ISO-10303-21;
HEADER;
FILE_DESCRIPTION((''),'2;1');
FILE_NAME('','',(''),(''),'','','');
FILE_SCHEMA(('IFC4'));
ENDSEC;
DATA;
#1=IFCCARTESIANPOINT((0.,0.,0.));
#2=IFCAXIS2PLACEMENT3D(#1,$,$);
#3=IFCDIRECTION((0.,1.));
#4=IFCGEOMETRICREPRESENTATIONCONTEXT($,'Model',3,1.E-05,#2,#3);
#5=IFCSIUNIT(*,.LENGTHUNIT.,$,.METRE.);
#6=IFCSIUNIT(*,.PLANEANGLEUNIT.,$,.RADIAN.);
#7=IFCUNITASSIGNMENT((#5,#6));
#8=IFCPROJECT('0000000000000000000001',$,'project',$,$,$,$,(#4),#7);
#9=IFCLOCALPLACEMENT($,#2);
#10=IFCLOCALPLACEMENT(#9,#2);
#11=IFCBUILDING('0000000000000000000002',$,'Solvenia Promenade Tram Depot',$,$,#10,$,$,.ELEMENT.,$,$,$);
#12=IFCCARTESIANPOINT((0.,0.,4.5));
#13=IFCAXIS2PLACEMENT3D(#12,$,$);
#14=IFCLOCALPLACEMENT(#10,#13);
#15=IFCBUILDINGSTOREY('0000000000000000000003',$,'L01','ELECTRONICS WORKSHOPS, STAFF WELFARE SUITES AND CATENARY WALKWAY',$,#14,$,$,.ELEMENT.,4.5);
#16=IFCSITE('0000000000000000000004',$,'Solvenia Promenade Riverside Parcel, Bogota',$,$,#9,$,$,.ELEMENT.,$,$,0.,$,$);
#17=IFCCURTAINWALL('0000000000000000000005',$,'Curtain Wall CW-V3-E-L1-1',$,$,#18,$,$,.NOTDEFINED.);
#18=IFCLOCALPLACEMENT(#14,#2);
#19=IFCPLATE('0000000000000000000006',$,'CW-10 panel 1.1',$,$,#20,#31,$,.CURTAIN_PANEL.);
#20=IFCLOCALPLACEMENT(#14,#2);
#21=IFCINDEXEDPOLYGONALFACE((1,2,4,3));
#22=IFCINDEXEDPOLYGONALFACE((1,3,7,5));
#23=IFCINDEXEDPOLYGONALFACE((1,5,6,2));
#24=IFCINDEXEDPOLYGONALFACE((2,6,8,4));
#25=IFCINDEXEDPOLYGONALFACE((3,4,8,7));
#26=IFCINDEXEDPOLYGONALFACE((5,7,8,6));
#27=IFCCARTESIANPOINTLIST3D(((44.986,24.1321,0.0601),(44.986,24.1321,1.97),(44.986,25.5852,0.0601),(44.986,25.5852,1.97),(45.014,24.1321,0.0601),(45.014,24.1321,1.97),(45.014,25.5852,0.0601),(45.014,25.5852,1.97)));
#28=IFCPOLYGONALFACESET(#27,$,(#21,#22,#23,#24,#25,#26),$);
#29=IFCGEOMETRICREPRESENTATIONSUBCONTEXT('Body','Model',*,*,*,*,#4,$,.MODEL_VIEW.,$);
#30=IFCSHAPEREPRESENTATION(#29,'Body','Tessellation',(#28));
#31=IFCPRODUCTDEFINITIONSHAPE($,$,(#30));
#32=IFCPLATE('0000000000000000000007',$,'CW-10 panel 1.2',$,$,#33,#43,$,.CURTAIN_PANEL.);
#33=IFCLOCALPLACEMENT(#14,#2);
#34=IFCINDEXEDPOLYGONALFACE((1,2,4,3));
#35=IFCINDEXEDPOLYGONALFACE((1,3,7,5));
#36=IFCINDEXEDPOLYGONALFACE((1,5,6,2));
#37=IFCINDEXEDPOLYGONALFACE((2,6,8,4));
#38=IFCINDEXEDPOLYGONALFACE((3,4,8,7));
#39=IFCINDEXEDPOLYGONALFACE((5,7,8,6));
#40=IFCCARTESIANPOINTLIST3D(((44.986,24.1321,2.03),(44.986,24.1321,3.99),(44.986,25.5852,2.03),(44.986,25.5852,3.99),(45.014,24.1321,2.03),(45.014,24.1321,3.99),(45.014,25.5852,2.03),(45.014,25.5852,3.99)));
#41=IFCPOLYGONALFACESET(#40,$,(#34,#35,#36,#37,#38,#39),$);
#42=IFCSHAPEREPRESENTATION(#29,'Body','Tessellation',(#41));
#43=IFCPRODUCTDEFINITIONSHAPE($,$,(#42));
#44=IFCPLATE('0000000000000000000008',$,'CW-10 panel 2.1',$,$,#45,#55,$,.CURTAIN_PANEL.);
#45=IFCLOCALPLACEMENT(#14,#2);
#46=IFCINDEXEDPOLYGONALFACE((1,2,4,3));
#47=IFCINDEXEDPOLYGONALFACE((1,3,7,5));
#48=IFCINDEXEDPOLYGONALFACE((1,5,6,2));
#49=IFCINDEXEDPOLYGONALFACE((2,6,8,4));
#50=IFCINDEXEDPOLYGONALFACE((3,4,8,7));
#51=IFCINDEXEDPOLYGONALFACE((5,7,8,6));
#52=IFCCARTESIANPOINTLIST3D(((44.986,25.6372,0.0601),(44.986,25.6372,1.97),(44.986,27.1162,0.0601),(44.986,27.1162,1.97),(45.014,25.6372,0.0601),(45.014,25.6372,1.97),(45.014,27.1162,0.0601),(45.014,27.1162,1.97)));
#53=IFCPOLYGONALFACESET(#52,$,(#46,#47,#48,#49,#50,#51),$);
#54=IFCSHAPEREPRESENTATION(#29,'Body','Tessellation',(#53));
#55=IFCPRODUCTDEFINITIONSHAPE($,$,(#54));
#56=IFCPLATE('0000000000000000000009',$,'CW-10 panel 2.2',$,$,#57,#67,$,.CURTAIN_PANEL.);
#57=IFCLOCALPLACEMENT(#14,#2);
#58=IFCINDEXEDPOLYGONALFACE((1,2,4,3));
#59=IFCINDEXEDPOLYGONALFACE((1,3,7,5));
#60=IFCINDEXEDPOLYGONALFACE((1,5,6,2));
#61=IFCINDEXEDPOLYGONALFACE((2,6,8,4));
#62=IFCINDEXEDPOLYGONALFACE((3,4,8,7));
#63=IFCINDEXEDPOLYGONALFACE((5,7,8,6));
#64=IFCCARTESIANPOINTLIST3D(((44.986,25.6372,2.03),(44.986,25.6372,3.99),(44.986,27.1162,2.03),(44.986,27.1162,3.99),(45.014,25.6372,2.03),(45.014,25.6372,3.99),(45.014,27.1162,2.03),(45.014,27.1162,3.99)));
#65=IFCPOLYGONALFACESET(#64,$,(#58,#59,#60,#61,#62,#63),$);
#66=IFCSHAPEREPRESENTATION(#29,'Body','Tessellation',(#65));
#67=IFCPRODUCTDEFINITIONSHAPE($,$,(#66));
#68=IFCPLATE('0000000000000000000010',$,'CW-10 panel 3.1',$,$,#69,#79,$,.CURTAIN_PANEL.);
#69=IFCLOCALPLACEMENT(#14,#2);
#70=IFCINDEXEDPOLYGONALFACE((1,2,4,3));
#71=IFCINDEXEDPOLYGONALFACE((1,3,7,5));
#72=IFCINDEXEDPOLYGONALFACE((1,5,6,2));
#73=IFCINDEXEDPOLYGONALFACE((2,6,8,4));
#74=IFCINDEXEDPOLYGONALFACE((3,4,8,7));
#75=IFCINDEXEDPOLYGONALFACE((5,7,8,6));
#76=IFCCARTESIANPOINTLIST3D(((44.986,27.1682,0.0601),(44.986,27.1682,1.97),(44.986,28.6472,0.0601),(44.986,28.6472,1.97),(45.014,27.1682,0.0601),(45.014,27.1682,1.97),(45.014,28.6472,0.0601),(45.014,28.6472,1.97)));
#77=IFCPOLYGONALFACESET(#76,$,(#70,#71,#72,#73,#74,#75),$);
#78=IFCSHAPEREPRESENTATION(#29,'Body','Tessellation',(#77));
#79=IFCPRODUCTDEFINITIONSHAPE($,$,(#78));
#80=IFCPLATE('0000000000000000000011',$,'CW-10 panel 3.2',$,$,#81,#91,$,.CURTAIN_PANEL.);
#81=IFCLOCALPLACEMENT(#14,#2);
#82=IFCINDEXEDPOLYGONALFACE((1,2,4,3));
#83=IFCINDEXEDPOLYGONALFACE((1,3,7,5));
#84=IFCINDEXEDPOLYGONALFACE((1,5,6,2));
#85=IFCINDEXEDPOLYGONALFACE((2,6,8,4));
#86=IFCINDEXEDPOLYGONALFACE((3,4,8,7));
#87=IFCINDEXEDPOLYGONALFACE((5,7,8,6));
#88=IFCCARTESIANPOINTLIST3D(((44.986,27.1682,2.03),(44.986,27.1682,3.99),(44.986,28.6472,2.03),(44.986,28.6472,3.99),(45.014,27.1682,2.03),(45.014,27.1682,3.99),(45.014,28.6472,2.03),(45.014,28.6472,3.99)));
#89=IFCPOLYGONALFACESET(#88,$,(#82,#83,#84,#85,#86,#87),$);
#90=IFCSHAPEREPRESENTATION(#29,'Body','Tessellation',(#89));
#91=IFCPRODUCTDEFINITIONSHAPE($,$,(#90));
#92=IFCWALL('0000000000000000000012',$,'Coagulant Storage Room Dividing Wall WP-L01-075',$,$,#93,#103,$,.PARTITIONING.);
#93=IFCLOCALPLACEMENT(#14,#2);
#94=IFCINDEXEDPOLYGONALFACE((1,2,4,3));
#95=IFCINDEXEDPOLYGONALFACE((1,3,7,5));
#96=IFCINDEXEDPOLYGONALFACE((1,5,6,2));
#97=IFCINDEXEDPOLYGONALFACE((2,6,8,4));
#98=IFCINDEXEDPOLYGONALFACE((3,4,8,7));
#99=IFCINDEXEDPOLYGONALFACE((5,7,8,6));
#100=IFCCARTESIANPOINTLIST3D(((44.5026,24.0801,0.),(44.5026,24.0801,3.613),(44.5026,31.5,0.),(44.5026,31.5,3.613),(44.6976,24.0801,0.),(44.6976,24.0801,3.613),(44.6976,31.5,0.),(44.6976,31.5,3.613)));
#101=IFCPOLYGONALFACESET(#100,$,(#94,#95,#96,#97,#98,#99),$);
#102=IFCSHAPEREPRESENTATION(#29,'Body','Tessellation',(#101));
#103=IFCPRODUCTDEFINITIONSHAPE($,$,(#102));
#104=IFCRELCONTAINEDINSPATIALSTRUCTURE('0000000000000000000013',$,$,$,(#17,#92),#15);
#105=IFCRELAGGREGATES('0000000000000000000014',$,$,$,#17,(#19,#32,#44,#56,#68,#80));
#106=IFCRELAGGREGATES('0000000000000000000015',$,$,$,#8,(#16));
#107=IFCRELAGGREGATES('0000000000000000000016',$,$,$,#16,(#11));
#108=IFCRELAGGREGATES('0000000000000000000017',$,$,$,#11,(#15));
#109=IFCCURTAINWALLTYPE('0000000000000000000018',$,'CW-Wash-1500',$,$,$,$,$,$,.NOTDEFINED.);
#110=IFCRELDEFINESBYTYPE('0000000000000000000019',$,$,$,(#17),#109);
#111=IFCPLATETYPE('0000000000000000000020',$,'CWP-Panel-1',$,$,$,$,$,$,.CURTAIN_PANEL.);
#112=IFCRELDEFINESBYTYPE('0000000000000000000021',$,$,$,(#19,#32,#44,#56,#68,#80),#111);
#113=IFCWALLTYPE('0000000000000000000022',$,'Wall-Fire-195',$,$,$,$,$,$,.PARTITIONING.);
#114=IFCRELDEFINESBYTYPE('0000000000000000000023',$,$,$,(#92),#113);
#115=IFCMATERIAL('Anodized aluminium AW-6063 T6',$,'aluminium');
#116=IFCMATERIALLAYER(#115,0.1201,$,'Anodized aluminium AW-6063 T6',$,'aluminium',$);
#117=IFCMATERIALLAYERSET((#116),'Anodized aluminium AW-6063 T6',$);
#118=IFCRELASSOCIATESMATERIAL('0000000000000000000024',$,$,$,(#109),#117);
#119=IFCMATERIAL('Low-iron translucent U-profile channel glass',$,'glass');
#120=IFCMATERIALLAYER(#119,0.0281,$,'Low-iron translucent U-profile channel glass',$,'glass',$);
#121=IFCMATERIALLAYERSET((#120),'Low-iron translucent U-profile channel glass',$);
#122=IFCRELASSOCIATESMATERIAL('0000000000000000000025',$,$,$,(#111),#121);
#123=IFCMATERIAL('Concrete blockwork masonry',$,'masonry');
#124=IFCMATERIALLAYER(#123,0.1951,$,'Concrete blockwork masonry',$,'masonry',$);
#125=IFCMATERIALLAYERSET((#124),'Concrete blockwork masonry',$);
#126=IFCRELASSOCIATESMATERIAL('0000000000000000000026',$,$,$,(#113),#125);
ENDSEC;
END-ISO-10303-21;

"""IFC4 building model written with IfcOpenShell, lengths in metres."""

from ifc_helpers import new_model, si_unit, direction, frame, frame_2d, origin, origin_2d, place, context, subcontext, project, spatial, rectangle, extrude, material, layer, layer_set, type_object, element, aggregate, save


model = new_model("IFC4")

# Units and contexts
model_context = context("Model", 3, precision=1e-05, world=origin(), true_north=direction((0.0, 1.0)))
body_context = subcontext(model_context, "Body", "Model", "MODEL_VIEW")
ifc_project = project(units=[si_unit("LENGTHUNIT", "METRE"), si_unit("PLANEANGLEUNIT", "RADIAN")], contexts=[model_context])

# Site, building, storey
site_placement = place(None, origin())
site = spatial("IfcSite", under=ifc_project, at=site_placement, Name="Solvenia Promenade Riverside Parcel, Bogota", CompositionType="ELEMENT", RefElevation=0.0)
building_placement = place(site_placement, origin())
building = spatial("IfcBuilding", under=site, at=building_placement, Name="Solvenia Promenade Tram Depot", CompositionType="ELEMENT")
storey_placement = place(building_placement, frame((0.0, 0.0, 4.5)))
storey = spatial("IfcBuildingStorey", under=building, at=storey_placement, Name="L01", Description="ELECTRONICS WORKSHOPS, STAFF WELFARE SUITES AND CATENARY WALKWAY", CompositionType="ELEMENT", Elevation=4.5)

# Curtain wall
ifc_material_1 = material(Name="Anodized aluminium AW-6063 T6", Category="aluminium")
ifc_layer_1 = layer(ifc_material_1, 0.1201, Name="Anodized aluminium AW-6063 T6", Category="aluminium")
ifc_layer_set_1 = layer_set([ifc_layer_1], Name="Anodized aluminium AW-6063 T6")
curtain_wall_type = type_object("IfcCurtainWallType", Name="CW-Wash-1500", PredefinedType="NOTDEFINED", material=ifc_layer_set_1)
curtain_wall_placement = place(storey_placement, origin())
curtain_wall = element("IfcCurtainWall", 1, at=curtain_wall_placement, inside=storey, type_object=curtain_wall_type, Name="Curtain Wall CW-V3-E-L1-1", PredefinedType="NOTDEFINED")

# Plates
ifc_material_2 = material(Name="Low-iron translucent U-profile channel glass", Category="glass")
ifc_layer_2 = layer(ifc_material_2, 0.0281, Name="Low-iron translucent U-profile channel glass", Category="glass")
ifc_layer_set_2 = layer_set([ifc_layer_2], Name="Low-iron translucent U-profile channel glass")
plate_type = type_object("IfcPlateType", Name="CWP-Panel-1", PredefinedType="CURTAIN_PANEL", material=ifc_layer_set_2)
plate_1_placement = place(storey_placement, frame((45.0, 24.8586, 0.0601), z_axis=(0.0, 0.0, 1.0), x_axis=(0.0, 1.0, 0.0)))
plate_1 = element("IfcPlate", 2, at=plate_1_placement, type_object=plate_type, Name="CW-10 panel 1.1", PredefinedType="CURTAIN_PANEL", context=body_context, shape_type="SweptSolid", body=[
    extrude(rectangle(XDim=1.4531, YDim=0.0281, at=origin_2d()), origin(), (0.0, 0.0, 1.0), 1.9099),
])
plate_2_placement = place(storey_placement, frame((45.0, 24.8586, 2.03), z_axis=(0.0, 0.0, 1.0), x_axis=(0.0, 1.0, 0.0)))
plate_2 = element("IfcPlate", 3, at=plate_2_placement, type_object=plate_type, Name="CW-10 panel 1.2", PredefinedType="CURTAIN_PANEL", context=body_context, shape_type="SweptSolid", body=[
    extrude(rectangle(XDim=1.4531, YDim=0.0281, at=origin_2d()), origin(), (0.0, 0.0, 1.0), 1.96),
])
plate_3_placement = place(storey_placement, frame((45.0, 26.3767, 0.0601), z_axis=(0.0, 0.0, 1.0), x_axis=(0.0, 1.0, 0.0)))
plate_3 = element("IfcPlate", 4, at=plate_3_placement, type_object=plate_type, Name="CW-10 panel 2.1", PredefinedType="CURTAIN_PANEL", context=body_context, shape_type="SweptSolid", body=[
    extrude(rectangle(XDim=1.479, YDim=0.0281, at=origin_2d()), origin(), (0.0, 0.0, 1.0), 1.9099),
])
plate_4_placement = place(storey_placement, frame((45.0, 26.3767, 2.03), z_axis=(0.0, 0.0, 1.0), x_axis=(0.0, 1.0, 0.0)))
plate_4 = element("IfcPlate", 5, at=plate_4_placement, type_object=plate_type, Name="CW-10 panel 2.2", PredefinedType="CURTAIN_PANEL", context=body_context, shape_type="SweptSolid", body=[
    extrude(rectangle(XDim=1.479, YDim=0.0281, at=origin_2d()), origin(), (0.0, 0.0, 1.0), 1.96),
])
plate_5_placement = place(storey_placement, frame((45.0, 27.9077, 0.0601), z_axis=(0.0, 0.0, 1.0), x_axis=(0.0, 1.0, 0.0)))
plate_5 = element("IfcPlate", 6, at=plate_5_placement, type_object=plate_type, Name="CW-10 panel 3.1", PredefinedType="CURTAIN_PANEL", context=body_context, shape_type="SweptSolid", body=[
    extrude(rectangle(XDim=1.479, YDim=0.0281, at=origin_2d()), origin(), (0.0, 0.0, 1.0), 1.9099),
])
plate_6_placement = place(storey_placement, frame((45.0, 27.9077, 2.03), z_axis=(0.0, 0.0, 1.0), x_axis=(0.0, 1.0, 0.0)))
plate_6 = element("IfcPlate", 7, at=plate_6_placement, type_object=plate_type, Name="CW-10 panel 3.2", PredefinedType="CURTAIN_PANEL", context=body_context, shape_type="SweptSolid", body=[
    extrude(rectangle(XDim=1.479, YDim=0.0281, at=origin_2d()), origin(), (0.0, 0.0, 1.0), 1.96),
])
aggregate(curtain_wall, [plate_1, plate_2, plate_3, plate_4, plate_5, plate_6])

# Wall
ifc_material_3 = material(Name="Concrete blockwork masonry", Category="masonry")
ifc_layer_3 = layer(ifc_material_3, 0.1951, Name="Concrete blockwork masonry", Category="masonry")
ifc_layer_set_3 = layer_set([ifc_layer_3], Name="Concrete blockwork masonry")
wall_type = type_object("IfcWallType", Name="Wall-Fire-195", PredefinedType="PARTITIONING", material=ifc_layer_set_3)
wall_placement = place(storey_placement, frame((44.6001, 24.0801, 0.0), z_axis=(0.0, 0.0, 1.0), x_axis=(0.0, 1.0, 0.0)))
element("IfcWall", 8, at=wall_placement, inside=storey, type_object=wall_type, Name="Coagulant Storage Room Dividing Wall WP-L01-075", PredefinedType="PARTITIONING", context=body_context, shape_type="SweptSolid", body=[
    extrude(rectangle(XDim=7.4199, YDim=0.1951, at=frame_2d((3.71, 0.0))), origin(), (0.0, 0.0, 1.0), 3.613),
])

save(model, "model.ifc")
